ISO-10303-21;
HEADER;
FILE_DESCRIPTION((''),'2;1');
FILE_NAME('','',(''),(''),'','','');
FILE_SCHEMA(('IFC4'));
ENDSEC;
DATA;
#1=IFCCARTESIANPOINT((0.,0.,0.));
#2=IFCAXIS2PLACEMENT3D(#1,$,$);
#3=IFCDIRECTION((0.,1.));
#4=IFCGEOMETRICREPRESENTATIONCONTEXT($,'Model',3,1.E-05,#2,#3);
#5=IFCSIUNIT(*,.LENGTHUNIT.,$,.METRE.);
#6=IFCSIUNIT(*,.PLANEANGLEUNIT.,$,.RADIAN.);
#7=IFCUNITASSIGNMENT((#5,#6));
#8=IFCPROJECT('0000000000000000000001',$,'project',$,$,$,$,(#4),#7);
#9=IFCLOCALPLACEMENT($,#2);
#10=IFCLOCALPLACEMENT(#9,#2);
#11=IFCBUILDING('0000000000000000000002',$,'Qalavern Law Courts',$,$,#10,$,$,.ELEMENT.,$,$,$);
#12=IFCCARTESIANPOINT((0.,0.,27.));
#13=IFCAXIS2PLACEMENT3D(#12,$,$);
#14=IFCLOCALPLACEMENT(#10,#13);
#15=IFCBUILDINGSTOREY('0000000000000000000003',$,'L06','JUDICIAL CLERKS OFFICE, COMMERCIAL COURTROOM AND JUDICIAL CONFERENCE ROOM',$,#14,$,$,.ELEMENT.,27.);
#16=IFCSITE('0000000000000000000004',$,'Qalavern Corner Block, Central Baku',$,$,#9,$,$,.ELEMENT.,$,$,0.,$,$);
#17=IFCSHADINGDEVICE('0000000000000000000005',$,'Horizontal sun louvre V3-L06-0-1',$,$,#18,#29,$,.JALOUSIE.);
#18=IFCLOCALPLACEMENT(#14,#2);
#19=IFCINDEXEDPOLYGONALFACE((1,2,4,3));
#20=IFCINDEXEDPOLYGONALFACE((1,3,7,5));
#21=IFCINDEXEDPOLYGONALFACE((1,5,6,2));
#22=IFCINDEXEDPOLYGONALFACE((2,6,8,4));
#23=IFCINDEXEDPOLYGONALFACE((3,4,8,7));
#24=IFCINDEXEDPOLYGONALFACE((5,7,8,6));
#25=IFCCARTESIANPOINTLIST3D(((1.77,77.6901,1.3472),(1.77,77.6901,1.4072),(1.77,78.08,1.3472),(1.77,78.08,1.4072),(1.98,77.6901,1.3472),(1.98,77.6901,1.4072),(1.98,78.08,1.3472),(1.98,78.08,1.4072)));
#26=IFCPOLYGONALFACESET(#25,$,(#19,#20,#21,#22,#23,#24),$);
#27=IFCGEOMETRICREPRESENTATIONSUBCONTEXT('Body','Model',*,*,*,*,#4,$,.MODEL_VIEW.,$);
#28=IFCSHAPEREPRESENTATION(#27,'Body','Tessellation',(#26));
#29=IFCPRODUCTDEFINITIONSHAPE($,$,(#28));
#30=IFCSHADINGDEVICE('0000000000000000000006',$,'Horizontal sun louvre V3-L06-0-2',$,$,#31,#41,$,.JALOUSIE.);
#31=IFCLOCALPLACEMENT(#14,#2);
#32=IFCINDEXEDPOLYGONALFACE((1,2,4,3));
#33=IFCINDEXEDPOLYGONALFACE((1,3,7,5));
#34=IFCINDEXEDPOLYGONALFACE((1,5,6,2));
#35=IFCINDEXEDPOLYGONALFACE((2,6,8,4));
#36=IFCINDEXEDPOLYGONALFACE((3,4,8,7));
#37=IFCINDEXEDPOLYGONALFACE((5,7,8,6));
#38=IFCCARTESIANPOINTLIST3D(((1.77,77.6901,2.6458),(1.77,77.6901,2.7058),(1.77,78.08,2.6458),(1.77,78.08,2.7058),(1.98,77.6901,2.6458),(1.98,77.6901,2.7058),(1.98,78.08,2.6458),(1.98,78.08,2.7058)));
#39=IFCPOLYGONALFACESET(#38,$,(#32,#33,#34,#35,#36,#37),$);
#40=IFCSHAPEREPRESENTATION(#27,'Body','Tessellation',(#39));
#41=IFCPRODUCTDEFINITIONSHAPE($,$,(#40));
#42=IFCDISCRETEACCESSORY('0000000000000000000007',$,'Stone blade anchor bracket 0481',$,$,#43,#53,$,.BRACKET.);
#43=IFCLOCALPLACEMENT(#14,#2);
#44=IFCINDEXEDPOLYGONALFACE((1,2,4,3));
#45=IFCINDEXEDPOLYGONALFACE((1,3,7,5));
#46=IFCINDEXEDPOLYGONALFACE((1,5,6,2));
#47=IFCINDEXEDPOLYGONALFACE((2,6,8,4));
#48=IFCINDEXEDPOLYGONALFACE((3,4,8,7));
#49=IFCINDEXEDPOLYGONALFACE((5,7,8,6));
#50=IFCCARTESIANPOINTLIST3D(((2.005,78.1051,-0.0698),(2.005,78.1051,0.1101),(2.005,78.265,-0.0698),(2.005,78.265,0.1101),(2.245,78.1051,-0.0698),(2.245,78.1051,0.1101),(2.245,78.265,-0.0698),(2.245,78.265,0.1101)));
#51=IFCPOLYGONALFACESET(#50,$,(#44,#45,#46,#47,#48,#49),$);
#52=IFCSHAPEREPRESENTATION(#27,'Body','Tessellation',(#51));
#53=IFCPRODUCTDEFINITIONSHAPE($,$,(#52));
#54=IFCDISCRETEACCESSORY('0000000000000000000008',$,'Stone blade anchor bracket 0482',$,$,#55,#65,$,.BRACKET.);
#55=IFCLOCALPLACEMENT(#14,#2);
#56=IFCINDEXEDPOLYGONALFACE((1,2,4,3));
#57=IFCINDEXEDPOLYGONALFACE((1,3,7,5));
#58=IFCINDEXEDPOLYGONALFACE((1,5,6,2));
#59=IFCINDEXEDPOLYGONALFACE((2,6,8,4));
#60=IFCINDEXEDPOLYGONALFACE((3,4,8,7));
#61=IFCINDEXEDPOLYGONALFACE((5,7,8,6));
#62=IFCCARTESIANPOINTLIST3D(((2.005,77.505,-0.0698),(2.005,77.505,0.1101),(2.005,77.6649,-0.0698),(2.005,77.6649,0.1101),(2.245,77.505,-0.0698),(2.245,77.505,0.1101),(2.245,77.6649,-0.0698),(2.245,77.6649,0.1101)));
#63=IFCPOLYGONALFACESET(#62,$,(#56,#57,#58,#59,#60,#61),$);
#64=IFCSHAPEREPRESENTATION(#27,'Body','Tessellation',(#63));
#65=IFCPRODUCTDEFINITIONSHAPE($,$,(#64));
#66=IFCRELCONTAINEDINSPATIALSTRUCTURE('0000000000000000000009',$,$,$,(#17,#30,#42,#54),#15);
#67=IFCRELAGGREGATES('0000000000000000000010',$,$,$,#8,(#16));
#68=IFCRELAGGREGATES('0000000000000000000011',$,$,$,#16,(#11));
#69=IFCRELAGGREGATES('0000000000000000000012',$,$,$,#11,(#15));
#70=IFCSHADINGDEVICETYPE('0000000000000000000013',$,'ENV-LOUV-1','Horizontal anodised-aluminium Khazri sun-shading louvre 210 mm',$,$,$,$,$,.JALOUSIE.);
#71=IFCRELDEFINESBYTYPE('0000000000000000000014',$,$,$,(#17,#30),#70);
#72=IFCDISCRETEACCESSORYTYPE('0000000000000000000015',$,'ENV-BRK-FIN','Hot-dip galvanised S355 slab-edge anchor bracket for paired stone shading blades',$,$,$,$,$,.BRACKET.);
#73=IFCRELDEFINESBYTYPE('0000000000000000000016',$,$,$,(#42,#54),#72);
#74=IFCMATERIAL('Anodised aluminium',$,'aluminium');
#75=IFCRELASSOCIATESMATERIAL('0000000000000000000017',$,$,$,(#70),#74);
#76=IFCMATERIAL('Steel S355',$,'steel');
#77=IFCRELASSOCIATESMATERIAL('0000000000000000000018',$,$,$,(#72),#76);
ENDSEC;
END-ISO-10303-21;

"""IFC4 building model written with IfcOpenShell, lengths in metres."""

from ifc_helpers import new_model, si_unit, direction, frame, origin, origin_2d, place, context, subcontext, project, spatial, rectangle, extrude, material, type_object, element, save


model = new_model("IFC4")

# Units and contexts
model_context = context("Model", 3, precision=1e-05, world=origin(), true_north=direction((0.0, 1.0)))
body_context = subcontext(model_context, "Body", "Model", "MODEL_VIEW")
ifc_project = project(units=[si_unit("LENGTHUNIT", "METRE"), si_unit("PLANEANGLEUNIT", "RADIAN")], contexts=[model_context])

# Site, building, storey
site_placement = place(None, origin())
site = spatial("IfcSite", under=ifc_project, at=site_placement, Name="Qalavern Corner Block, Central Baku", CompositionType="ELEMENT", RefElevation=0.0)
building_placement = place(site_placement, origin())
building = spatial("IfcBuilding", under=site, at=building_placement, Name="Qalavern Law Courts", CompositionType="ELEMENT")
storey_placement = place(building_placement, frame((0.0, 0.0, 27.0)))
storey = spatial("IfcBuildingStorey", under=building, at=storey_placement, Name="L06", Description="JUDICIAL CLERKS OFFICE, COMMERCIAL COURTROOM AND JUDICIAL CONFERENCE ROOM", CompositionType="ELEMENT", Elevation=27.0)

# Shared definitions
ifc_material_1 = material(Name="Anodised aluminium", Category="aluminium")

# Shared definitions
ifc_material_2 = material(Name="Steel S355", Category="steel")

# Shading devices
shading_device_type = type_object("IfcShadingDeviceType", Name="ENV-LOUV-1", Description="Horizontal anodised-aluminium Khazri sun-shading louvre 210 mm", PredefinedType="JALOUSIE", material=ifc_material_1)
for number, where, z_axis, x_axis, name in (
    (1, (1.875, 77.885, 1.3472), (0.0, 0.0, 1.0), (0.0, -1.0, 0.0), "Horizontal sun louvre V3-L06-0-1"),
    (2, (1.875, 77.885, 2.6458), (0.0, 0.0, 1.0), (0.0, -1.0, 0.0), "Horizontal sun louvre V3-L06-0-2"),
):
    element("IfcShadingDevice", number, at=place(storey_placement, frame(where, z_axis=z_axis, x_axis=x_axis)), inside=storey, type_object=shading_device_type, Name=name, PredefinedType="JALOUSIE", context=body_context, shape_type="SweptSolid", body=[
        extrude(rectangle(XDim=0.3899, YDim=0.21, at=origin_2d()), origin(), (0.0, 0.0, 1.0), 0.0601),
    ])

# Discrete accessories
discrete_accessory_type = type_object("IfcDiscreteAccessoryType", Name="ENV-BRK-FIN", Description="Hot-dip galvanised S355 slab-edge anchor bracket for paired stone shading blades", PredefinedType="BRACKET", material=ifc_material_2)
for number, where, z_axis, x_axis, name in (
    (3, (2.125, 78.1851, -0.0698), (0.0, 0.0, 1.0), (-1.0, 0.0, 0.0), "Stone blade anchor bracket 0481"),
    (4, (2.125, 77.585, -0.0698), (0.0, 0.0, 1.0), (-1.0, 0.0, 0.0), "Stone blade anchor bracket 0482"),
):
    element("IfcDiscreteAccessory", number, at=place(storey_placement, frame(where, z_axis=z_axis, x_axis=x_axis)), inside=storey, type_object=discrete_accessory_type, Name=name, PredefinedType="BRACKET", context=body_context, shape_type="SweptSolid", body=[
        extrude(rectangle(XDim=0.24, YDim=0.1599, at=origin_2d()), origin(), (0.0, 0.0, 1.0), 0.1799),
    ])

save(model, "model.ifc")
